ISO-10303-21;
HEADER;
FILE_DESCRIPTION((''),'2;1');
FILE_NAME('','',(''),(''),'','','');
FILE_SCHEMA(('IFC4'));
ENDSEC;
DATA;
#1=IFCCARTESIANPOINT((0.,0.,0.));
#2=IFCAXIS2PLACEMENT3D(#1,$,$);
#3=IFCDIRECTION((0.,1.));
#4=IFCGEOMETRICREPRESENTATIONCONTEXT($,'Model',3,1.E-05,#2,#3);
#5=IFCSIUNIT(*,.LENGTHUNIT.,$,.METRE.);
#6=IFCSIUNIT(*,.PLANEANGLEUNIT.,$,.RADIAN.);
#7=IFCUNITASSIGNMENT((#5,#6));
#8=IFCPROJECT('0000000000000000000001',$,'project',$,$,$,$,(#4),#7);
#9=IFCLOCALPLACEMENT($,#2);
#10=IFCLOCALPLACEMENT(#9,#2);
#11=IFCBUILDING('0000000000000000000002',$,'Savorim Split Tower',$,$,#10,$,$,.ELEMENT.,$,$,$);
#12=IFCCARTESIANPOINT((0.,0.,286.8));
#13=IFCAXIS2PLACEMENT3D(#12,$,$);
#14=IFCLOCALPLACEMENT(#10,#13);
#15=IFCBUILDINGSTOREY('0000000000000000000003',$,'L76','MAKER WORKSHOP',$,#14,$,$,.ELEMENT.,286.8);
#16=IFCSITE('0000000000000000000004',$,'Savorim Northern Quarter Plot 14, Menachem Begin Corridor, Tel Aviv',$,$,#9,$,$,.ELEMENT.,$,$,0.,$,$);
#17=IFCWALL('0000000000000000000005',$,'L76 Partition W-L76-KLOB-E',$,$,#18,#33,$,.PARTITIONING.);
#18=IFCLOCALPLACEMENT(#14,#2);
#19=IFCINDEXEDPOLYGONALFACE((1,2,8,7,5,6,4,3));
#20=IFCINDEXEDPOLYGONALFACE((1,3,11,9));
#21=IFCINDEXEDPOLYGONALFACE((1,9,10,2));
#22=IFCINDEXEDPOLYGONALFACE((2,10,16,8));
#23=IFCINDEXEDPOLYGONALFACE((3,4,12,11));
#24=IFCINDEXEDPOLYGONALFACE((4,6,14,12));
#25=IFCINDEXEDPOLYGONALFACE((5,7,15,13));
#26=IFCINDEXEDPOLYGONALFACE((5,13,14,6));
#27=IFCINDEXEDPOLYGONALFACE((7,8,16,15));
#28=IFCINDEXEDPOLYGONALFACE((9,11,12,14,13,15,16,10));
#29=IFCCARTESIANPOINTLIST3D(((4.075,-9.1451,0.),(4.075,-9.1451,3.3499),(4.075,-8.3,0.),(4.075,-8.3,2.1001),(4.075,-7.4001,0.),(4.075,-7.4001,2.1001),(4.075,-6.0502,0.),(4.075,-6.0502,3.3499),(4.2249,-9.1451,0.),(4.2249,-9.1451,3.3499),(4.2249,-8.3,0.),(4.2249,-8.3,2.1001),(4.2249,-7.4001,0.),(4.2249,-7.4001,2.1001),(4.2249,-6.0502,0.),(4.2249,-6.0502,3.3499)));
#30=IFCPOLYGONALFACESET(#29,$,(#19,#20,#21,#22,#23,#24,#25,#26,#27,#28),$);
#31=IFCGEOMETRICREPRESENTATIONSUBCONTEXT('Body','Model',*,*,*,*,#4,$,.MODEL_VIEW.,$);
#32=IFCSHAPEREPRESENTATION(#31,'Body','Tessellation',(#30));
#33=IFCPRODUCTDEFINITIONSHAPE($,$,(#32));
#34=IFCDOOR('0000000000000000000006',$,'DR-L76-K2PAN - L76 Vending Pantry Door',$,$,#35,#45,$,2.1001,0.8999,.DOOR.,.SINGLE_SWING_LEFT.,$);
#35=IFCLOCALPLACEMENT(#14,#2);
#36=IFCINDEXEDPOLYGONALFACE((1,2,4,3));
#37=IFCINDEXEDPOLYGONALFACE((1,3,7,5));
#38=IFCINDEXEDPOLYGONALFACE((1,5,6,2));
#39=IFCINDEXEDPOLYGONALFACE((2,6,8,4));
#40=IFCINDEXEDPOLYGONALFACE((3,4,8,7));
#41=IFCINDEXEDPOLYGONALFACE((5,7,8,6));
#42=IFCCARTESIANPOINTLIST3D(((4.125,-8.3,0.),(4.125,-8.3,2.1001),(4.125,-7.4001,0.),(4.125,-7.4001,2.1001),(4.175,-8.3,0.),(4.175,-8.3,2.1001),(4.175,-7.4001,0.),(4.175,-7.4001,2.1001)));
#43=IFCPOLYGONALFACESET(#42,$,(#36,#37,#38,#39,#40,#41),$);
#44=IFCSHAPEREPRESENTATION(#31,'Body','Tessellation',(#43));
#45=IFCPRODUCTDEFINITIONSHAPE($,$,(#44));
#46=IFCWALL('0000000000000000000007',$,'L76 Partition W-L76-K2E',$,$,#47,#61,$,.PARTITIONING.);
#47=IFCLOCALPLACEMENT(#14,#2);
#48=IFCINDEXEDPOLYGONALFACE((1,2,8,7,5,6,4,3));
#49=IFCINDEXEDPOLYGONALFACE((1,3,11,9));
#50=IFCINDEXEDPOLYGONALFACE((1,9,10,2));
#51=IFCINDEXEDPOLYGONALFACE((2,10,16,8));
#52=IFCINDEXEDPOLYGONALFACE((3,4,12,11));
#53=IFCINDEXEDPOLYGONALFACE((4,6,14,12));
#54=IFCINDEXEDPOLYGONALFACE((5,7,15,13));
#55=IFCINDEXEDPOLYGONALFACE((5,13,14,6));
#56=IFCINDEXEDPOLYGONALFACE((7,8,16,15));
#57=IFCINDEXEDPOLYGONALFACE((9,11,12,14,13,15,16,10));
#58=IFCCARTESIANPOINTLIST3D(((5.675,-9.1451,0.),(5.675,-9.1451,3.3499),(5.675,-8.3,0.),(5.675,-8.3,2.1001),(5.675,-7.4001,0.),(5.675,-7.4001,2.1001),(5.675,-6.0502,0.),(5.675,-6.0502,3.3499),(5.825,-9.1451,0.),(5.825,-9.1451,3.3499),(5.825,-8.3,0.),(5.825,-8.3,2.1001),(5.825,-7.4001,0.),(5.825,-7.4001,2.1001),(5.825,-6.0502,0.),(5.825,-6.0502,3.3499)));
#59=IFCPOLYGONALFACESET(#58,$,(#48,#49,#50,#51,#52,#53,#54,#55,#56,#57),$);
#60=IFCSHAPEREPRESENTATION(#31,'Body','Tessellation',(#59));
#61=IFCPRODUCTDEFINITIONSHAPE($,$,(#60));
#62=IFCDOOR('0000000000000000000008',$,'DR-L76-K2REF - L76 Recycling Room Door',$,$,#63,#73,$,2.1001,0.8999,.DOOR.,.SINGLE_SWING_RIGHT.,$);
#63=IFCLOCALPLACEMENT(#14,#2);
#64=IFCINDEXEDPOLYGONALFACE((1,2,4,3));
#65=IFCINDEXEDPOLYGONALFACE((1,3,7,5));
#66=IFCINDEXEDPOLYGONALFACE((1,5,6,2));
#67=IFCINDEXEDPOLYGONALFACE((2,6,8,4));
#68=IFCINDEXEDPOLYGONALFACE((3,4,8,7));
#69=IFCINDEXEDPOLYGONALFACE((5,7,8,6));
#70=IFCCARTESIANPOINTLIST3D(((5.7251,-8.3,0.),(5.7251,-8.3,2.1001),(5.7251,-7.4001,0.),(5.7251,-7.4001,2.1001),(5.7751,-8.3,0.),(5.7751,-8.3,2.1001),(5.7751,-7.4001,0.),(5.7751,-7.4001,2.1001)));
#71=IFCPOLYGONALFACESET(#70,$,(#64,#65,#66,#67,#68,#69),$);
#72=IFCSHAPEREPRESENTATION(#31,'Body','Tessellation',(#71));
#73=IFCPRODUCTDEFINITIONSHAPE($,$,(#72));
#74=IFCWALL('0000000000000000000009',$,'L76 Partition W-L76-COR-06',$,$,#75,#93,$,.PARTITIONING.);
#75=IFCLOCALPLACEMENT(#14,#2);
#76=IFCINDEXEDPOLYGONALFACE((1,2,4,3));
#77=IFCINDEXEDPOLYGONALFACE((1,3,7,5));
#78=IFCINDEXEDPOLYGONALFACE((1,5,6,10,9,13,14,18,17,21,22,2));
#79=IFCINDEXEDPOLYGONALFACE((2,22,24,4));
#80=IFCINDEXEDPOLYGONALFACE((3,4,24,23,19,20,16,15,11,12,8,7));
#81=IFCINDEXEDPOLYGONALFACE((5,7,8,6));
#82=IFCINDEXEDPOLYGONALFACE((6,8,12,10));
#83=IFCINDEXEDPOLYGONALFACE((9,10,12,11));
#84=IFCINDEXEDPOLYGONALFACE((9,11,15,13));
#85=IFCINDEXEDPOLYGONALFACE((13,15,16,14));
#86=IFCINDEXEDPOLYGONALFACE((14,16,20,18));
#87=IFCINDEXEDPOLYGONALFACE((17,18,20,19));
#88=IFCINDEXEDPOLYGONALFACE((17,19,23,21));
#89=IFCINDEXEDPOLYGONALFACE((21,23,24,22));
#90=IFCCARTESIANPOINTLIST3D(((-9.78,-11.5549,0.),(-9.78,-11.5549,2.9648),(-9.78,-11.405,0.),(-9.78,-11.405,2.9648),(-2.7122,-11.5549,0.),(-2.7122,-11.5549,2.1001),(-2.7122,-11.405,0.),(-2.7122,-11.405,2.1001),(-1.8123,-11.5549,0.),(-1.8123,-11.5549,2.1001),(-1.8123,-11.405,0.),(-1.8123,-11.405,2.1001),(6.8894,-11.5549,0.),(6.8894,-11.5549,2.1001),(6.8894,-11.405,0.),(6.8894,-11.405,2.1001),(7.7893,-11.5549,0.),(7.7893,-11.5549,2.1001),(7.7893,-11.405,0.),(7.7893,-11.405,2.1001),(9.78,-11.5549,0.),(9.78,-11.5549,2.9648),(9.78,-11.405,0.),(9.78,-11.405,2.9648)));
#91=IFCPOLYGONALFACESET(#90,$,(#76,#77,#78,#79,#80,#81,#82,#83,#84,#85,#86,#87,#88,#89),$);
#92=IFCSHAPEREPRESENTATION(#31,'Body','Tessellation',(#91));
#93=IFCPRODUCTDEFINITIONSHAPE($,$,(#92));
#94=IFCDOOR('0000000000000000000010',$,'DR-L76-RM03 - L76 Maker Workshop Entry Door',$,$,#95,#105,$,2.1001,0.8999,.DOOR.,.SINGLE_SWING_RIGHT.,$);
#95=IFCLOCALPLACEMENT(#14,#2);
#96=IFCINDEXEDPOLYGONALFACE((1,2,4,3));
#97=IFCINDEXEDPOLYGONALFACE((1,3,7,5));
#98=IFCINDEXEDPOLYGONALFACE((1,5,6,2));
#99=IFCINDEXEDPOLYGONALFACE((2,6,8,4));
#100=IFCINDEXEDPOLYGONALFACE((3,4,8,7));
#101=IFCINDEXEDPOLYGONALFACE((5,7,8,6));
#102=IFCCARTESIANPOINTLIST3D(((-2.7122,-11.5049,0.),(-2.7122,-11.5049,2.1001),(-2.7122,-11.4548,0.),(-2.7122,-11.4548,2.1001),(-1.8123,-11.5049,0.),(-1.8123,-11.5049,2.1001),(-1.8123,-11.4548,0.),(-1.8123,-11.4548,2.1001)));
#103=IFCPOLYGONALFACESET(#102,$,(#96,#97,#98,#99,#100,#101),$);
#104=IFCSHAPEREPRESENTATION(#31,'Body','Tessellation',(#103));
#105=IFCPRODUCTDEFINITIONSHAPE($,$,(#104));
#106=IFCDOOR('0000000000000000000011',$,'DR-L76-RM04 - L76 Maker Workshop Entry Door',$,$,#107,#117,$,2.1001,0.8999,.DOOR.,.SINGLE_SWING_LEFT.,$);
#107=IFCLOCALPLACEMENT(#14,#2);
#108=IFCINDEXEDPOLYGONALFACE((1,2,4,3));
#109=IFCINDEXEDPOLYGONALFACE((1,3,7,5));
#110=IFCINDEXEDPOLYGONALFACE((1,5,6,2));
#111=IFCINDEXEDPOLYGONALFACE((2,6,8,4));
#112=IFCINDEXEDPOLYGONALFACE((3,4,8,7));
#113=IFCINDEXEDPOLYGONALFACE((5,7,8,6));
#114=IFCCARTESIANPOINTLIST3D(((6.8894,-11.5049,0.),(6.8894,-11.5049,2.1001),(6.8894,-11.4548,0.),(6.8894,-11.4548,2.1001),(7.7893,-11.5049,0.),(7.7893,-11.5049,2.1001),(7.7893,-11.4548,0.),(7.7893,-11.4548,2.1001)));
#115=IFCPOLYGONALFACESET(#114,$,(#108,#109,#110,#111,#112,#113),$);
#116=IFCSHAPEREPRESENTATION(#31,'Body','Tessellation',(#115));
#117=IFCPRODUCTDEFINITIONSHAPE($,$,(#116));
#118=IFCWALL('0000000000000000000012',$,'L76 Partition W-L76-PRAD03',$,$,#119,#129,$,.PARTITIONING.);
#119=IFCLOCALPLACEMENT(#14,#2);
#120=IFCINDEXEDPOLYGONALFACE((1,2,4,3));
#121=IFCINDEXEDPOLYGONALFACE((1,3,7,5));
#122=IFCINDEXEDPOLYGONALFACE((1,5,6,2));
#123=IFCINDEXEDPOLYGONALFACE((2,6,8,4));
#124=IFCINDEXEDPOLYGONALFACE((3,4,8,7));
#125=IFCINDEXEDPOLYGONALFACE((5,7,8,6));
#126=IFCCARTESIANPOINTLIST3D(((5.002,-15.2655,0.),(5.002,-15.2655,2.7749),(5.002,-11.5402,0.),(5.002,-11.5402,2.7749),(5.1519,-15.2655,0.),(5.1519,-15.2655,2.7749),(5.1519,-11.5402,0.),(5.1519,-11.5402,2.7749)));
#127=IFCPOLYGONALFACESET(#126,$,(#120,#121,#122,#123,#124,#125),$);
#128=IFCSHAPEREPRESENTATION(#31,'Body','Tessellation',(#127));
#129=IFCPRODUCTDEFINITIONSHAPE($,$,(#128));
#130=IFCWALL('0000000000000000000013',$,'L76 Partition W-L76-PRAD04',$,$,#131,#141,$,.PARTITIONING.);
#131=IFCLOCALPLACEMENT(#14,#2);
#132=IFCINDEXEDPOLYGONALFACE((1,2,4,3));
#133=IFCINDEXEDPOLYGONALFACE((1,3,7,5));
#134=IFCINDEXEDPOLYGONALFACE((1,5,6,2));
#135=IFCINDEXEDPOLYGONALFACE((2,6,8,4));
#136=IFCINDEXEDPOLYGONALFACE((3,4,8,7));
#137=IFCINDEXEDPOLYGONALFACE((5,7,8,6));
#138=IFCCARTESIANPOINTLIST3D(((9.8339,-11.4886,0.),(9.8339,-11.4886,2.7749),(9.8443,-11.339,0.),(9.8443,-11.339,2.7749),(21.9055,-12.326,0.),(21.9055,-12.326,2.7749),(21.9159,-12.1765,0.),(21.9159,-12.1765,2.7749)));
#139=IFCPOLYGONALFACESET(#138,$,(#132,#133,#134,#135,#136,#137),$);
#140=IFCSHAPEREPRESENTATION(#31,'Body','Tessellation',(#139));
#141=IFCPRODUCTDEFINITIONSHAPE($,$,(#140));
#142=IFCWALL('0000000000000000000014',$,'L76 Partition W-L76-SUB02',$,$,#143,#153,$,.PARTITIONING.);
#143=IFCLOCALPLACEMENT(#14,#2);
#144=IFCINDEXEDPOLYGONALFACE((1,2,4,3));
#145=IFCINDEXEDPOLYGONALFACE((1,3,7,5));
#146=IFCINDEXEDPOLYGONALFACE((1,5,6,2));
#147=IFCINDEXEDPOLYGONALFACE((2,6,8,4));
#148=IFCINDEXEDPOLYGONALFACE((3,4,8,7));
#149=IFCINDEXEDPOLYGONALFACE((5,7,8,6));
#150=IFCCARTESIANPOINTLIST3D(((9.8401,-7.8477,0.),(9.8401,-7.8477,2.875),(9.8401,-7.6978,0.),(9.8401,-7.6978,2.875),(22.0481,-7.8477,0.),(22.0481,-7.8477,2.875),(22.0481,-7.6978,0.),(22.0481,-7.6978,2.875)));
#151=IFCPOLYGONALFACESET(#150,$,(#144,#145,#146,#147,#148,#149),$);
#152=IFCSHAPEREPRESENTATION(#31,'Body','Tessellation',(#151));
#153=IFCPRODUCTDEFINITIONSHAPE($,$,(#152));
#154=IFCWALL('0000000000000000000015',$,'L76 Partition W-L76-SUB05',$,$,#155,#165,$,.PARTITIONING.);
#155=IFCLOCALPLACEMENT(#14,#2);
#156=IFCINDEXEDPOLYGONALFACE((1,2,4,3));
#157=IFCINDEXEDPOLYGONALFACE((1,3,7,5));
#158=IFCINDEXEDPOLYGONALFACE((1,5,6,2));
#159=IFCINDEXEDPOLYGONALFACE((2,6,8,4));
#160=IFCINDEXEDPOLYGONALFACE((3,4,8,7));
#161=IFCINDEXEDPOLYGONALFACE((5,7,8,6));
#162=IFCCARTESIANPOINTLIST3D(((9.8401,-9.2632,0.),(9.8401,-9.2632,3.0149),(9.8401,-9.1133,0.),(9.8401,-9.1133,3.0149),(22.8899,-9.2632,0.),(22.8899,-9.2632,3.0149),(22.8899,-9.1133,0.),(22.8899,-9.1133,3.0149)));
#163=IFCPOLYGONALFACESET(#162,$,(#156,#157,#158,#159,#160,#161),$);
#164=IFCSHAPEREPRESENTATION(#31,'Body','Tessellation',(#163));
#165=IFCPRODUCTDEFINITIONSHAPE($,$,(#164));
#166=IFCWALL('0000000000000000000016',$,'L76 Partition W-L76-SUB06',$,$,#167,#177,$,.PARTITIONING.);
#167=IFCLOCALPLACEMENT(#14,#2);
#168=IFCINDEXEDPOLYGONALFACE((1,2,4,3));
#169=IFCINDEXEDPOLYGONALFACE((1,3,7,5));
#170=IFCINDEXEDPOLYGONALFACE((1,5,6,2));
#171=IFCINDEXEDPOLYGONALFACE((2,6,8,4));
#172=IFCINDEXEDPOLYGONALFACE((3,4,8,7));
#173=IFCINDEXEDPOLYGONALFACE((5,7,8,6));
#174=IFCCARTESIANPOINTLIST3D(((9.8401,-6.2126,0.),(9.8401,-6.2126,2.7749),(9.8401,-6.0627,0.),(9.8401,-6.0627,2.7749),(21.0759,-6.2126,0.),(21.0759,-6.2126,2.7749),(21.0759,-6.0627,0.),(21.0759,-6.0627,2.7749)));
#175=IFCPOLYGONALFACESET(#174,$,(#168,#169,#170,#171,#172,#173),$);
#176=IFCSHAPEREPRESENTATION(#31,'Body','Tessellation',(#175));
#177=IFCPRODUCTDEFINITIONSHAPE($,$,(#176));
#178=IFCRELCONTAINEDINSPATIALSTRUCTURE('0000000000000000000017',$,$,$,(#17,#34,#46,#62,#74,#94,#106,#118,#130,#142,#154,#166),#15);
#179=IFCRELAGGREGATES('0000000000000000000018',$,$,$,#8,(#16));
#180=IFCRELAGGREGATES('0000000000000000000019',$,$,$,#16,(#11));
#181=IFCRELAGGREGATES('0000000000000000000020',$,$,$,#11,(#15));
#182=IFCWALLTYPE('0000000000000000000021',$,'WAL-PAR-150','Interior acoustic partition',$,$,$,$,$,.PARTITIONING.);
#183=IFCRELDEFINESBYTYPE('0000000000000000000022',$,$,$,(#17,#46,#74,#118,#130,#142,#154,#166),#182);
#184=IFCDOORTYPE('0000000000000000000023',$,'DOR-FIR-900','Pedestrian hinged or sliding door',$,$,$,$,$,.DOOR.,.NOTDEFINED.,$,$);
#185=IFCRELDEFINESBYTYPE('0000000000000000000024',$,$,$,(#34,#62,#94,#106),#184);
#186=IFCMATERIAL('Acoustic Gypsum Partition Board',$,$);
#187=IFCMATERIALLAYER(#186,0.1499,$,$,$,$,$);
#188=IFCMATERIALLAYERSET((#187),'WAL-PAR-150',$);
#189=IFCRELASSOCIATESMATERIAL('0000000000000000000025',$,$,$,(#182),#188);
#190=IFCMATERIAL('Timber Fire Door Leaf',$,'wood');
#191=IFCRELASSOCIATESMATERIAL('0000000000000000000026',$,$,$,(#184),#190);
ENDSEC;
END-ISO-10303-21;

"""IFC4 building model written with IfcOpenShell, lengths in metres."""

from ifc_helpers import new_model, si_unit, direction, frame, frame_2d, origin, place, context, subcontext, project, spatial, rectangle, extrude, material, layer, layer_set, type_object, element, fill, save


model = new_model("IFC4")

# Units and contexts
model_context = context("Model", 3, precision=1e-05, world=origin(), true_north=direction((0.0, 1.0)))
body_context = subcontext(model_context, "Body", "Model", "MODEL_VIEW")
ifc_project = project(units=[si_unit("LENGTHUNIT", "METRE"), si_unit("PLANEANGLEUNIT", "RADIAN")], contexts=[model_context])

# Site, building, storey
site_placement = place(None, origin())
site = spatial("IfcSite", under=ifc_project, at=site_placement, Name="Savorim Northern Quarter Plot 14, Menachem Begin Corridor, Tel Aviv", CompositionType="ELEMENT", RefElevation=0.0)
building_placement = place(site_placement, origin())
building = spatial("IfcBuilding", under=site, at=building_placement, Name="Savorim Split Tower", CompositionType="ELEMENT")
storey_placement = place(building_placement, frame((0.0, 0.0, 286.8)))
storey = spatial("IfcBuildingStorey", under=building, at=storey_placement, Name="L76", Description="MAKER WORKSHOP", CompositionType="ELEMENT", Elevation=286.8)

# Shared definitions
ifc_material_1 = material(Name="Timber Fire Door Leaf", Category="wood")

# Walls, openings, doors
ifc_material_2 = material(Name="Acoustic Gypsum Partition Board")
ifc_layer_1 = layer(ifc_material_2, 0.1499)
ifc_layer_set_1 = layer_set([ifc_layer_1], Name="WAL-PAR-150")
wall_type_1 = type_object("IfcWallType", Name="WAL-PAR-150", Description="Interior acoustic partition", PredefinedType="PARTITIONING", material=ifc_layer_set_1)
wall_1_placement = place(storey_placement, frame((4.1499, -9.145, 0.0), z_axis=(0.0, 0.0, 1.0), x_axis=(0.0, 1.0, 0.0)))
wall_1 = element("IfcWall", 1, at=wall_1_placement, inside=storey, type_object=wall_type_1, Name="L76 Partition W-L76-KLOB-E", PredefinedType="PARTITIONING", context=body_context, shape_type="SweptSolid", body=[
    extrude(rectangle(XDim=3.095, YDim=0.1499, at=frame_2d((1.5474, 0.0))), origin(), (0.0, 0.0, 1.0), 3.3499),
])
opening_1_placement = place(wall_1_placement, frame((0.845, 0.0, 0.0)))
opening_1 = element("IfcOpeningElement", 2, at=opening_1_placement, cuts=wall_1, PredefinedType="OPENING", context=body_context, shape_type="SweptSolid", body=[
    extrude(rectangle(XDim=0.8999, YDim=2.1001, at=frame_2d((0.45, 1.05))), frame((0.0, 0.085, 0.0), z_axis=(0.0, -1.0, 0.0), x_axis=(1.0, 0.0, 0.0)), (0.0, 0.0, 1.0), 0.1699),
])
door_type_1 = type_object("IfcDoorType", Name="DOR-FIR-900", Description="Pedestrian hinged or sliding door", OperationType="NOTDEFINED", PredefinedType="DOOR", material=ifc_material_1)
door_1_placement = place(opening_1_placement, origin())
door_1 = element("IfcDoor", 3, at=door_1_placement, inside=storey, type_object=door_type_1, Name="DR-L76-K2PAN - L76 Vending Pantry Door", OperationType="SINGLE_SWING_LEFT", OverallHeight=2.1001, OverallWidth=0.8999, PredefinedType="DOOR", context=body_context, shape_type="SweptSolid", body=[
    extrude(rectangle(XDim=0.8999, YDim=2.1001, at=frame_2d((0.45, 1.05))), frame((0.0, 0.0249, 0.0), z_axis=(0.0, -1.0, 0.0), x_axis=(1.0, 0.0, 0.0)), (0.0, 0.0, 1.0), 0.05),
])
fill(opening_1, door_1)
wall_2_placement = place(storey_placement, frame((5.75, -9.145, 0.0), z_axis=(0.0, 0.0, 1.0), x_axis=(0.0, 1.0, 0.0)))
wall_2 = element("IfcWall", 4, at=wall_2_placement, inside=storey, type_object=wall_type_1, Name="L76 Partition W-L76-K2E", PredefinedType="PARTITIONING", context=body_context, shape_type="SweptSolid", body=[
    extrude(rectangle(XDim=3.095, YDim=0.1499, at=frame_2d((1.5474, 0.0))), origin(), (0.0, 0.0, 1.0), 3.3499),
])
opening_2_placement = place(wall_2_placement, frame((0.845, 0.0, 0.0)))
opening_2 = element("IfcOpeningElement", 5, at=opening_2_placement, cuts=wall_2, PredefinedType="OPENING", context=body_context, shape_type="SweptSolid", body=[
    extrude(rectangle(XDim=0.8999, YDim=2.1001, at=frame_2d((0.45, 1.05))), frame((0.0, 0.085, 0.0), z_axis=(0.0, -1.0, 0.0), x_axis=(1.0, 0.0, 0.0)), (0.0, 0.0, 1.0), 0.1699),
])
door_2_placement = place(opening_2_placement, origin())
door_2 = element("IfcDoor", 6, at=door_2_placement, inside=storey, type_object=door_type_1, Name="DR-L76-K2REF - L76 Recycling Room Door", OperationType="SINGLE_SWING_RIGHT", OverallHeight=2.1001, OverallWidth=0.8999, PredefinedType="DOOR", context=body_context, shape_type="SweptSolid", body=[
    extrude(rectangle(XDim=0.8999, YDim=2.1001, at=frame_2d((0.45, 1.05))), frame((0.0, 0.0249, 0.0), z_axis=(0.0, -1.0, 0.0), x_axis=(1.0, 0.0, 0.0)), (0.0, 0.0, 1.0), 0.05),
])
fill(opening_2, door_2)

# Wall, openings, doors
wall_3_placement = place(storey_placement, frame((9.78, -11.48, 0.0), z_axis=(0.0, 0.0, 1.0), x_axis=(-1.0, 0.0, 0.0)))
wall_3 = element("IfcWall", 7, at=wall_3_placement, inside=storey, type_object=wall_type_1, Name="L76 Partition W-L76-COR-06", PredefinedType="PARTITIONING", context=body_context, shape_type="SweptSolid", body=[
    extrude(rectangle(XDim=19.5601, YDim=0.1499, at=frame_2d((9.78, 0.0))), origin(), (0.0, 0.0, 1.0), 2.9648),
])
opening_3_placement = place(wall_3_placement, frame((11.5923, 0.0, 0.0)))
opening_3 = element("IfcOpeningElement", 8, at=opening_3_placement, cuts=wall_3, PredefinedType="OPENING", context=body_context, shape_type="SweptSolid", body=[
    extrude(rectangle(XDim=0.8999, YDim=2.1001, at=frame_2d((0.45, 1.05))), frame((0.0, 0.085, 0.0), z_axis=(0.0, -1.0, 0.0), x_axis=(1.0, 0.0, 0.0)), (0.0, 0.0, 1.0), 0.1699),
])
opening_4_placement = place(wall_3_placement, frame((1.9907, 0.0, 0.0)))
opening_4 = element("IfcOpeningElement", 9, at=opening_4_placement, cuts=wall_3, PredefinedType="OPENING", context=body_context, shape_type="SweptSolid", body=[
    extrude(rectangle(XDim=0.8999, YDim=2.1001, at=frame_2d((0.45, 1.05))), frame((0.0, 0.085, 0.0), z_axis=(0.0, -1.0, 0.0), x_axis=(1.0, 0.0, 0.0)), (0.0, 0.0, 1.0), 0.1699),
])
door_3_placement = place(opening_3_placement, origin())
door_3 = element("IfcDoor", 10, at=door_3_placement, inside=storey, type_object=door_type_1, Name="DR-L76-RM03 - L76 Maker Workshop Entry Door", OperationType="SINGLE_SWING_RIGHT", OverallHeight=2.1001, OverallWidth=0.8999, PredefinedType="DOOR", context=body_context, shape_type="SweptSolid", body=[
    extrude(rectangle(XDim=0.8999, YDim=2.1001, at=frame_2d((0.45, 1.05))), frame((0.0, 0.0249, 0.0), z_axis=(0.0, -1.0, 0.0), x_axis=(1.0, 0.0, 0.0)), (0.0, 0.0, 1.0), 0.05),
])
fill(opening_3, door_3)
door_4_placement = place(opening_4_placement, origin())
door_4 = element("IfcDoor", 11, at=door_4_placement, inside=storey, type_object=door_type_1, Name="DR-L76-RM04 - L76 Maker Workshop Entry Door", OperationType="SINGLE_SWING_LEFT", OverallHeight=2.1001, OverallWidth=0.8999, PredefinedType="DOOR", context=body_context, shape_type="SweptSolid", body=[
    extrude(rectangle(XDim=0.8999, YDim=2.1001, at=frame_2d((0.45, 1.05))), frame((0.0, 0.0249, 0.0), z_axis=(0.0, -1.0, 0.0), x_axis=(1.0, 0.0, 0.0)), (0.0, 0.0, 1.0), 0.05),
])
fill(opening_4, door_4)

# Walls
wall_4_placement = place(storey_placement, frame((5.0769, -11.54, 0.0), z_axis=(0.0, 0.0, 1.0), x_axis=(0.0, -1.0, 0.0)))
element("IfcWall", 12, at=wall_4_placement, inside=storey, type_object=wall_type_1, Name="L76 Partition W-L76-PRAD03", PredefinedType="PARTITIONING", context=body_context, shape_type="SweptSolid", body=[
    extrude(rectangle(XDim=3.7253, YDim=0.1499, at=frame_2d((1.8628, 0.0))), origin(), (0.0, 0.0, 1.0), 2.7749),
])
wall_5_placement = place(storey_placement, frame((9.8391, -11.4138, 0.0), z_axis=(0.0, 0.0, 1.0), x_axis=(0.997603, -0.069204, 0.0)))
element("IfcWall", 13, at=wall_5_placement, inside=storey, type_object=wall_type_1, Name="L76 Partition W-L76-PRAD04", PredefinedType="PARTITIONING", context=body_context, shape_type="SweptSolid", body=[
    extrude(rectangle(XDim=12.1006, YDim=0.1499, at=frame_2d((6.0503, 0.0))), origin(), (0.0, 0.0, 1.0), 2.7749),
])
wall_6_placement = place(storey_placement, frame((9.8401, -7.7727, 0.0), z_axis=(0.0, 0.0, 1.0), x_axis=(1.0, 0.0, 0.0)))
element("IfcWall", 14, at=wall_6_placement, inside=storey, type_object=wall_type_1, Name="L76 Partition W-L76-SUB02", PredefinedType="PARTITIONING", context=body_context, shape_type="SweptSolid", body=[
    extrude(rectangle(XDim=12.208, YDim=0.1499, at=frame_2d((6.104, 0.0))), origin(), (0.0, 0.0, 1.0), 2.875),
])
wall_7_placement = place(storey_placement, frame((9.8401, -9.1882, 0.0), z_axis=(0.0, 0.0, 1.0), x_axis=(1.0, 0.0, 0.0)))
element("IfcWall", 15, at=wall_7_placement, inside=storey, type_object=wall_type_1, Name="L76 Partition W-L76-SUB05", PredefinedType="PARTITIONING", context=body_context, shape_type="SweptSolid", body=[
    extrude(rectangle(XDim=13.0498, YDim=0.1499, at=frame_2d((6.5249, 0.0))), origin(), (0.0, 0.0, 1.0), 3.0149),
])
wall_8_placement = place(storey_placement, frame((9.8401, -6.1377, 0.0), z_axis=(0.0, 0.0, 1.0), x_axis=(1.0, 0.0, 0.0)))
element("IfcWall", 16, at=wall_8_placement, inside=storey, type_object=wall_type_1, Name="L76 Partition W-L76-SUB06", PredefinedType="PARTITIONING", context=body_context, shape_type="SweptSolid", body=[
    extrude(rectangle(XDim=11.2358, YDim=0.1499, at=frame_2d((5.6179, 0.0))), origin(), (0.0, 0.0, 1.0), 2.7749),
])

save(model, "model.ifc")
